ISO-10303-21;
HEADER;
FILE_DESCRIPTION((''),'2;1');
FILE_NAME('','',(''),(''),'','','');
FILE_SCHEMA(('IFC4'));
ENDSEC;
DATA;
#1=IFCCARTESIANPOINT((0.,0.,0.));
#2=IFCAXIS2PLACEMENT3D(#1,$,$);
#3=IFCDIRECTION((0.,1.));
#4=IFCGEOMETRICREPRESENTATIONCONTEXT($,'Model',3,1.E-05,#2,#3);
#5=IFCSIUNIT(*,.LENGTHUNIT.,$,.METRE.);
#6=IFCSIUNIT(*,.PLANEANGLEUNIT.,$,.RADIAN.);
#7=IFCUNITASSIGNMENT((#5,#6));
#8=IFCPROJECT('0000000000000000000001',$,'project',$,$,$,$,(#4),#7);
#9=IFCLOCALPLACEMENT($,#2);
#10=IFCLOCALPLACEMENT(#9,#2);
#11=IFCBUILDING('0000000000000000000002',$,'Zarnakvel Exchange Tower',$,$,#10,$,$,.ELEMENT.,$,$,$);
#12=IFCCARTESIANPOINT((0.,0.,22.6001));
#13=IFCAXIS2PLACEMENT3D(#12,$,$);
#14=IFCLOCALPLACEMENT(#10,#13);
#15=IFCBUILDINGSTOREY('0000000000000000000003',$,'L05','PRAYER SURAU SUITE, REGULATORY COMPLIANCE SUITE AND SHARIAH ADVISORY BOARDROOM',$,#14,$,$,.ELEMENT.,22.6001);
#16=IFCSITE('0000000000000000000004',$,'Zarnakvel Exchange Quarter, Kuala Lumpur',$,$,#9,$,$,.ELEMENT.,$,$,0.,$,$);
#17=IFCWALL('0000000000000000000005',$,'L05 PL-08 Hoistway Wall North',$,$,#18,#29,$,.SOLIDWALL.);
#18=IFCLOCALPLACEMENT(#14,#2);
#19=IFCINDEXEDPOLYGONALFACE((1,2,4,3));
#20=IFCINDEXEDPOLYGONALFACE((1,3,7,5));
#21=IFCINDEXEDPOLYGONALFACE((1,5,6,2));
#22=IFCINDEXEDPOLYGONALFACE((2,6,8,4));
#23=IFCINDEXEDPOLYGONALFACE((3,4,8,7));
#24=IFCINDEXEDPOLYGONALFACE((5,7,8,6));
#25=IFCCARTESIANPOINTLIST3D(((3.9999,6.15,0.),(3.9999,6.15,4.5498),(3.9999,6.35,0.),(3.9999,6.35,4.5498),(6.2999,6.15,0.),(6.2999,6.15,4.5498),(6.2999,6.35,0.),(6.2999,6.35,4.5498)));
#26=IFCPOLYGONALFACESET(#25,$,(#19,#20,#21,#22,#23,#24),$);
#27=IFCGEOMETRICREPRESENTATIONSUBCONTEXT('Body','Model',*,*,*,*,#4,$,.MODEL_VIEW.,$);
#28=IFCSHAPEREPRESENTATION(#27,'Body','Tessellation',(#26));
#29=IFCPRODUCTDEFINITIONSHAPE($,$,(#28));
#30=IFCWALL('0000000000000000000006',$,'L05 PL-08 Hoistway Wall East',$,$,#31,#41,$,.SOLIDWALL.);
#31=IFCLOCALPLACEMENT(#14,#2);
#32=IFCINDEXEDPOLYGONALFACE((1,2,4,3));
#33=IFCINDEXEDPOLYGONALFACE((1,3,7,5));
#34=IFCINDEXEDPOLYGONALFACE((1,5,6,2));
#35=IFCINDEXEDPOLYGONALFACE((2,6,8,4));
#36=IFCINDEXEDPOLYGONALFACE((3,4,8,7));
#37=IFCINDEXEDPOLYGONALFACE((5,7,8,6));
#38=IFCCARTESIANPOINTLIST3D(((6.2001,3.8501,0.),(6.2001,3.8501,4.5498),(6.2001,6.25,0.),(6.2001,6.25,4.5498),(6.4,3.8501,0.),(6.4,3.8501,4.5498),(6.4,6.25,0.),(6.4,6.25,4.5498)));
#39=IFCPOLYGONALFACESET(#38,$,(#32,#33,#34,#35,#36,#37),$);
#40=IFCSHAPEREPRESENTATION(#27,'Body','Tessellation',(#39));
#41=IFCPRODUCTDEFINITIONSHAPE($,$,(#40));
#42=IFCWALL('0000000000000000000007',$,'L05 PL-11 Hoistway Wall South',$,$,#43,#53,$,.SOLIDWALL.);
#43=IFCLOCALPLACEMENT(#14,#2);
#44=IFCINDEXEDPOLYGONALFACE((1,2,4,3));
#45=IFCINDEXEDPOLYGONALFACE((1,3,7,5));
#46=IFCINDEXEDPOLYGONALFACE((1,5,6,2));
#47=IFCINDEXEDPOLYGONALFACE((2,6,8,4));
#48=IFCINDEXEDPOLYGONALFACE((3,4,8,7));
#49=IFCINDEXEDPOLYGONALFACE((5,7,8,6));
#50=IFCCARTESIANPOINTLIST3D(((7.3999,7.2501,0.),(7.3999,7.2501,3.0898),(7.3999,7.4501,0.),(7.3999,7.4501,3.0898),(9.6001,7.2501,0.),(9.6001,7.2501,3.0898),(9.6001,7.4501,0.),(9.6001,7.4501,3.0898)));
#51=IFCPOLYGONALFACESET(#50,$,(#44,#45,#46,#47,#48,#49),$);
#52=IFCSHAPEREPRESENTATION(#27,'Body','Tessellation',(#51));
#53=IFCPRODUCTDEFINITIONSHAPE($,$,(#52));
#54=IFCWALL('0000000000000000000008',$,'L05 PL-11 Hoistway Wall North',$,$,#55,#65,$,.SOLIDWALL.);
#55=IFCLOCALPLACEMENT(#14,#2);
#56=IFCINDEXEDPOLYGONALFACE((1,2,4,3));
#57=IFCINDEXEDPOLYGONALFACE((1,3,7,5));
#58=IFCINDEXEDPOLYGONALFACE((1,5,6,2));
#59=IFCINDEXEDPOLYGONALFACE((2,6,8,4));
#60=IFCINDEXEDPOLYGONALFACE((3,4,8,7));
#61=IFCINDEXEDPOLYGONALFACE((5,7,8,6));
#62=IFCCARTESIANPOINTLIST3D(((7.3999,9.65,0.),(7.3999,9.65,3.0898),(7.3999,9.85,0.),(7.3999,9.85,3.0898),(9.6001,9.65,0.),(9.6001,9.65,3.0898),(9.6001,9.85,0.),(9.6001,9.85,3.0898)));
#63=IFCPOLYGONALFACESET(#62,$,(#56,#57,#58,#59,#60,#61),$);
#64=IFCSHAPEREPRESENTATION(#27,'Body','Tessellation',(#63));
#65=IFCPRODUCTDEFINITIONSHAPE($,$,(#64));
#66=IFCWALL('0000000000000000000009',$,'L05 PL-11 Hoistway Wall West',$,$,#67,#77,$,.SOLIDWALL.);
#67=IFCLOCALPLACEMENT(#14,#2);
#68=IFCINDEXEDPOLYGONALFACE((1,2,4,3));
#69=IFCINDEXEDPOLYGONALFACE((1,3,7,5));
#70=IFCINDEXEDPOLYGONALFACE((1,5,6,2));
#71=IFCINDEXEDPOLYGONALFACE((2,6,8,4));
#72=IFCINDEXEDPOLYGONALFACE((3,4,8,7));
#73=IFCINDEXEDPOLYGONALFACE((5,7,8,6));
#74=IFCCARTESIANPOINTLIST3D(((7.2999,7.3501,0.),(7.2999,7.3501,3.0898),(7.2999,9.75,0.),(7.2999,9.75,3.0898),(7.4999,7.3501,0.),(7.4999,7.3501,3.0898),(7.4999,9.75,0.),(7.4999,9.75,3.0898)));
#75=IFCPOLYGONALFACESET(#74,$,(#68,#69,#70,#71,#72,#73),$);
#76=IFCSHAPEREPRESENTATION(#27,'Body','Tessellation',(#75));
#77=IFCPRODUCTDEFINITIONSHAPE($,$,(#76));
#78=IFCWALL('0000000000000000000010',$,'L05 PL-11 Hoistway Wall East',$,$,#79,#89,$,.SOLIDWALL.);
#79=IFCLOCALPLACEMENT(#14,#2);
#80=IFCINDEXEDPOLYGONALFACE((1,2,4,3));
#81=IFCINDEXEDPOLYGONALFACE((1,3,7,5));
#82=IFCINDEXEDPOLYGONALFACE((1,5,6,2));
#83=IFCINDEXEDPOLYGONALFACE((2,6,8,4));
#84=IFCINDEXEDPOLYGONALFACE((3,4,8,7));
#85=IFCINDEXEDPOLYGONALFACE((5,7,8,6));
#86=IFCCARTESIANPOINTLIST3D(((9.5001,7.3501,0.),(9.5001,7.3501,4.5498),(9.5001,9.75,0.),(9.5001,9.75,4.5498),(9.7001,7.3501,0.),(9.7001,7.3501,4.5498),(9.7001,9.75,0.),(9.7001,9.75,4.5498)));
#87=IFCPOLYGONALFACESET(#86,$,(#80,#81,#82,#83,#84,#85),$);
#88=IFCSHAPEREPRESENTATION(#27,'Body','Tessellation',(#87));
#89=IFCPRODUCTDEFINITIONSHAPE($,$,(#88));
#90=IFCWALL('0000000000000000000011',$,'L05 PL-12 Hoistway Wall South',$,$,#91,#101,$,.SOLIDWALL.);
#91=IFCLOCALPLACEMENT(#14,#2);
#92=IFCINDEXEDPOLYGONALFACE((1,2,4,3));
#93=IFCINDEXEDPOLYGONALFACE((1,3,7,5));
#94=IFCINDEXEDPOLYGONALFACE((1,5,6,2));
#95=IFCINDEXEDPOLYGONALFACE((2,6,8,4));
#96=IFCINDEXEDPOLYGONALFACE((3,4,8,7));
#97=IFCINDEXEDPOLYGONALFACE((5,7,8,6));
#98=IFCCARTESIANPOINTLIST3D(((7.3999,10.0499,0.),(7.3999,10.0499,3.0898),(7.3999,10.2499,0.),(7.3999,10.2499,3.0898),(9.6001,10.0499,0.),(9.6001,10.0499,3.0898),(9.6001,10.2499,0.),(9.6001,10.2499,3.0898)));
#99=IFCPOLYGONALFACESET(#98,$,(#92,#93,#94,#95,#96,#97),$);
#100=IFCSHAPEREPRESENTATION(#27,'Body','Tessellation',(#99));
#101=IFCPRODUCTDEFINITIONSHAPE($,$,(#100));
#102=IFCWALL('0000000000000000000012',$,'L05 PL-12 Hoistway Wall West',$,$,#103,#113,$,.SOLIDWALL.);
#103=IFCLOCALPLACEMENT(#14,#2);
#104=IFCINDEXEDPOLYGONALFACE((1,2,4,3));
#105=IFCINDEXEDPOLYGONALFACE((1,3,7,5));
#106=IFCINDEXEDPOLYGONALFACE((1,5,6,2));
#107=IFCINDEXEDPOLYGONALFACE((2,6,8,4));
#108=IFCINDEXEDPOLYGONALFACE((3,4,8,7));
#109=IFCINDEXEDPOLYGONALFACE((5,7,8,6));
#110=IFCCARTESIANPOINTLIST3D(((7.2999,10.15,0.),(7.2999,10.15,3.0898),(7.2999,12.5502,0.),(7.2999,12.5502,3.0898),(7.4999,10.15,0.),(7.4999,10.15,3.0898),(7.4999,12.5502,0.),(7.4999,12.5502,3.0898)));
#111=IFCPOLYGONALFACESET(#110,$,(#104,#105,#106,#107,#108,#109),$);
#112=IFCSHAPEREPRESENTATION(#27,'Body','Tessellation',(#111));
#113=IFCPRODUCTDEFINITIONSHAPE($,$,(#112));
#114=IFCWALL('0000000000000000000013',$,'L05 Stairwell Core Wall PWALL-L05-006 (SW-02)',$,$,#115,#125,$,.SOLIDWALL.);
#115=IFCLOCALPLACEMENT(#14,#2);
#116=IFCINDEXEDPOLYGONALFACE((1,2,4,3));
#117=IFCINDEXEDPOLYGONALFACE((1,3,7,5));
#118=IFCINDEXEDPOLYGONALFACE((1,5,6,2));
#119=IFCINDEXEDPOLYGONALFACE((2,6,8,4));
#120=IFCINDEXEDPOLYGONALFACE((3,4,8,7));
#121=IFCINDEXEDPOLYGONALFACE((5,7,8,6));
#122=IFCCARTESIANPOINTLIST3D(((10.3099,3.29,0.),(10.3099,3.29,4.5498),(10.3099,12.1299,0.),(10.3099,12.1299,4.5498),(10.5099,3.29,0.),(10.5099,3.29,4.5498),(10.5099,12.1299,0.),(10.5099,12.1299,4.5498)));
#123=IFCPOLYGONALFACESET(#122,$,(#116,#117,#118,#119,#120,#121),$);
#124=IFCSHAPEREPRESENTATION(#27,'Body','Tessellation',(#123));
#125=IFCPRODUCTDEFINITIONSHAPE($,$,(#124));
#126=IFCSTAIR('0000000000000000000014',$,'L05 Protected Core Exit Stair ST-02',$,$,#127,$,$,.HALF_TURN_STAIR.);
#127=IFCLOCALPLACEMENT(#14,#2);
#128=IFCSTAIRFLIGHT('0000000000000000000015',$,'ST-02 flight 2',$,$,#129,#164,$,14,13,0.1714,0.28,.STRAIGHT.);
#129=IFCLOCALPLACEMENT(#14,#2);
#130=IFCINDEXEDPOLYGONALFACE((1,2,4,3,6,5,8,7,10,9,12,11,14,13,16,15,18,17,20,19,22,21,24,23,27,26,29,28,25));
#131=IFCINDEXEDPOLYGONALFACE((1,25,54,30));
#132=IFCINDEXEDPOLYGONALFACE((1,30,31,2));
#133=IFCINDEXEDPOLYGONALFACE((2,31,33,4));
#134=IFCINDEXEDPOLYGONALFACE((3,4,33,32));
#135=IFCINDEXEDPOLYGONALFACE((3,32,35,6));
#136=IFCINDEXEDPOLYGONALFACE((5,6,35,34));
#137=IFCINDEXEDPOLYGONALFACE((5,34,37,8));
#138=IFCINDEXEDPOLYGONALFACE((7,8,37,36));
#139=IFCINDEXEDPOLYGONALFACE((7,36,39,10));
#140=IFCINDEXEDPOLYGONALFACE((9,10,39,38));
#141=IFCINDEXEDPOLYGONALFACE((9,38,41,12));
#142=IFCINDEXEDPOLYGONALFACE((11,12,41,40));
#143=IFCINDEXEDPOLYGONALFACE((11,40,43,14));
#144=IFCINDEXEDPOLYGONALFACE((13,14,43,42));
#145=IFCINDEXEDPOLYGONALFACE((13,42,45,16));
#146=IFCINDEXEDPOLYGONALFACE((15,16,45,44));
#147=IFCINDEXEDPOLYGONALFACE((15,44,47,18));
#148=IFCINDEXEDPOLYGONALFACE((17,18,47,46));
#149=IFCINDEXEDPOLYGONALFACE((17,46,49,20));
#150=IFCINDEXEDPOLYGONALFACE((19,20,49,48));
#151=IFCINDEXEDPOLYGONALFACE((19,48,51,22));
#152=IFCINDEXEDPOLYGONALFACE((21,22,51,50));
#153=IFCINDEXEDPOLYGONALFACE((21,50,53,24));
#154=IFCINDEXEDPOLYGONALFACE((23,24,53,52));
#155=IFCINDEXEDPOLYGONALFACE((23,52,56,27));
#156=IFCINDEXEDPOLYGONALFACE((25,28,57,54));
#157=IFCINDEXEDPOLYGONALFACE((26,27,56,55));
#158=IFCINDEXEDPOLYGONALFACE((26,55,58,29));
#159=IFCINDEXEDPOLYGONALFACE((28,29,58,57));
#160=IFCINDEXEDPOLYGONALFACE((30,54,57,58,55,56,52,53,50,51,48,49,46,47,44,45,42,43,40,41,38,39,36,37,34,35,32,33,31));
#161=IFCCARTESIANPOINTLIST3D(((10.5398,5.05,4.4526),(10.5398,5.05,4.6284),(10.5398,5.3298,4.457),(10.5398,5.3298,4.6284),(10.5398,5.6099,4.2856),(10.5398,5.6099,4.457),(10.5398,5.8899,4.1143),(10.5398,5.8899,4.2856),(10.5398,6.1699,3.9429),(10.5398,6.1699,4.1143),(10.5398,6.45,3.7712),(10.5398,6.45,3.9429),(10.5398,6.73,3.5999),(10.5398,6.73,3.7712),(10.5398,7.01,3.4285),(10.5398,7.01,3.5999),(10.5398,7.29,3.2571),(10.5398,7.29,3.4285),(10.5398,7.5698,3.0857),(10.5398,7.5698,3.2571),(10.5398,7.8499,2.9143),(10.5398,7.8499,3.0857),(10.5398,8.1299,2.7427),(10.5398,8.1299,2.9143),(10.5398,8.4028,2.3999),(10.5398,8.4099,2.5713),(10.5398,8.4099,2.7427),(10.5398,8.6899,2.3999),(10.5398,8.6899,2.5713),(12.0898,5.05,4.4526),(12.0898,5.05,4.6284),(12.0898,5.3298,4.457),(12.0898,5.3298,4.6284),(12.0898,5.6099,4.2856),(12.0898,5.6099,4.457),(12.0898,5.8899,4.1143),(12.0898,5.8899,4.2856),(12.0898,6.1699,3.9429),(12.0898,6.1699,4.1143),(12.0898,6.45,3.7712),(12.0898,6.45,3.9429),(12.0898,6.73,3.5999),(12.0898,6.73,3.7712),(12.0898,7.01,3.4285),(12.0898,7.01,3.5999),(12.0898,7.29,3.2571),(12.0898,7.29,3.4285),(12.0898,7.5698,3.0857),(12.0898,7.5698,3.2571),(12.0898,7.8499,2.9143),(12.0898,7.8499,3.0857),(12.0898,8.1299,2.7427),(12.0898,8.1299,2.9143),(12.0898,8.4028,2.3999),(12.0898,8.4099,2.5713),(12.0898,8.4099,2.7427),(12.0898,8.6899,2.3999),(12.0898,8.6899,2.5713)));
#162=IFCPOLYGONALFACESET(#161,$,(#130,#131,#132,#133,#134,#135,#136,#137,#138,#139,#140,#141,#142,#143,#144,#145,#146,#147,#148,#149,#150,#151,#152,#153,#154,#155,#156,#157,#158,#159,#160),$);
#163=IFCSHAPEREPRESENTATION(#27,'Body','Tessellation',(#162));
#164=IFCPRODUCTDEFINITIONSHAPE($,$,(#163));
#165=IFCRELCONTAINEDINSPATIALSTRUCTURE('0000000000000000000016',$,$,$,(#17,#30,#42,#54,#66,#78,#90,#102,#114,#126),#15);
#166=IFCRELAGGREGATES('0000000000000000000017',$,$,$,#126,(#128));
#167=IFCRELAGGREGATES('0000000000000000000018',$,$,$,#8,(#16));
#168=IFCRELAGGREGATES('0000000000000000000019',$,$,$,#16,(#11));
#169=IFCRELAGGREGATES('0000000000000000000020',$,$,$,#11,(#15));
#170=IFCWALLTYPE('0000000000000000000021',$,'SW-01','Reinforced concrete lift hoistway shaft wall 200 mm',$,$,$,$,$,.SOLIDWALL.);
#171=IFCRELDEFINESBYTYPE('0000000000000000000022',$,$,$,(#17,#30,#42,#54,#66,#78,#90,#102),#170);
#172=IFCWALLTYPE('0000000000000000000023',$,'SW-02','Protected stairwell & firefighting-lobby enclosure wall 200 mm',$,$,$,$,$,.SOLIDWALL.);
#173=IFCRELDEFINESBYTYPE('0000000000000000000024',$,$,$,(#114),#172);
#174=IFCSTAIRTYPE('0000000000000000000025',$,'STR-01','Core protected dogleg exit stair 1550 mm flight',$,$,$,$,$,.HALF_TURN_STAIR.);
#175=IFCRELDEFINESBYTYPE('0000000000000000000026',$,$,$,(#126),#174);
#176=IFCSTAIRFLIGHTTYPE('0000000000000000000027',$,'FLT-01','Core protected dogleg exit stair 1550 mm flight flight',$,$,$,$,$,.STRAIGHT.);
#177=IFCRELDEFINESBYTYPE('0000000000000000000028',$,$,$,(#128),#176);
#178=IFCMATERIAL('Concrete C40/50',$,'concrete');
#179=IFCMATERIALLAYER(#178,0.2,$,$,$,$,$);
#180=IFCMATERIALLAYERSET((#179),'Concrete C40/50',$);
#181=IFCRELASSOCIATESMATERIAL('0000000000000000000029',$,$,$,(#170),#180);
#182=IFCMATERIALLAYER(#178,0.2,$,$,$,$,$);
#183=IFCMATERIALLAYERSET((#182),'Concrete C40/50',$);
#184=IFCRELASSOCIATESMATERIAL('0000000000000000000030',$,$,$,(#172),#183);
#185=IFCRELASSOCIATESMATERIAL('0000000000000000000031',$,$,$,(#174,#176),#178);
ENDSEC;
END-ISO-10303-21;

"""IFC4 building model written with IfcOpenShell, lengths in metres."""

from ifc_helpers import new_model, si_unit, direction, frame, frame_2d, origin, place, context, subcontext, project, spatial, polyline, rectangle, outline, extrude, material, layer, layer_set, type_object, element, aggregate, save


model = new_model("IFC4")

# Units and contexts
model_context = context("Model", 3, precision=1e-05, world=origin(), true_north=direction((0.0, 1.0)))
body_context = subcontext(model_context, "Body", "Model", "MODEL_VIEW")
ifc_project = project(units=[si_unit("LENGTHUNIT", "METRE"), si_unit("PLANEANGLEUNIT", "RADIAN")], contexts=[model_context])

# Site, building, storey
site_placement = place(None, origin())
site = spatial("IfcSite", under=ifc_project, at=site_placement, Name="Zarnakvel Exchange Quarter, Kuala Lumpur", CompositionType="ELEMENT", RefElevation=0.0)
building_placement = place(site_placement, origin())
building = spatial("IfcBuilding", under=site, at=building_placement, Name="Zarnakvel Exchange Tower", CompositionType="ELEMENT")
storey_placement = place(building_placement, frame((0.0, 0.0, 22.6001)))
storey = spatial("IfcBuildingStorey", under=building, at=storey_placement, Name="L05", Description="PRAYER SURAU SUITE, REGULATORY COMPLIANCE SUITE AND SHARIAH ADVISORY BOARDROOM", CompositionType="ELEMENT", Elevation=22.6001)

# Shared definitions
ifc_material_1 = material(Name="Concrete C40/50", Category="concrete")
ifc_layer_1 = layer(ifc_material_1, 0.2)
ifc_layer_set_1 = layer_set([ifc_layer_1], Name="Concrete C40/50")
wall_type_1 = type_object("IfcWallType", Name="SW-01", Description="Reinforced concrete lift hoistway shaft wall 200 mm", PredefinedType="SOLIDWALL", material=ifc_layer_set_1)

# Walls
for number, where, z_axis, x_axis, name in (
    (1, (4.0, 6.25, 0.0), (0.0, 0.0, 1.0), (1.0, 0.0, 0.0), "L05 PL-08 Hoistway Wall North"),
):
    element("IfcWall", number, at=place(storey_placement, frame(where, z_axis=z_axis, x_axis=x_axis)), inside=storey, type_object=wall_type_1, Name=name, PredefinedType="SOLIDWALL", context=body_context, shape_type="SweptSolid", body=[
        extrude(rectangle(XDim=2.3, YDim=0.2, at=frame_2d((1.1499, 0.0))), origin(), (0.0, 0.0, 1.0), 4.5498),
    ])
wall_1_placement = place(storey_placement, frame((6.3, 6.25, 0.0), z_axis=(0.0, 0.0, 1.0), x_axis=(0.0, -1.0, 0.0)))
element("IfcWall", 2, at=wall_1_placement, inside=storey, type_object=wall_type_1, Name="L05 PL-08 Hoistway Wall East", PredefinedType="SOLIDWALL", context=body_context, shape_type="SweptSolid", body=[
    extrude(rectangle(XDim=2.3999, YDim=0.2, at=frame_2d((1.2, 0.0))), origin(), (0.0, 0.0, 1.0), 4.5498),
])
for number, where, z_axis, x_axis, name in (
    (3, (9.6001, 7.3501, 0.0), (0.0, 0.0, 1.0), (-1.0, 0.0, 0.0), "L05 PL-11 Hoistway Wall South"),
    (4, (7.3999, 9.75, 0.0), (0.0, 0.0, 1.0), (1.0, 0.0, 0.0), "L05 PL-11 Hoistway Wall North"),
):
    element("IfcWall", number, at=place(storey_placement, frame(where, z_axis=z_axis, x_axis=x_axis)), inside=storey, type_object=wall_type_1, Name=name, PredefinedType="SOLIDWALL", context=body_context, shape_type="SweptSolid", body=[
        extrude(rectangle(XDim=2.2002, YDim=0.2, at=frame_2d((1.1001, 0.0))), origin(), (0.0, 0.0, 1.0), 3.0898),
    ])
wall_2_placement = place(storey_placement, frame((7.3999, 7.3501, 0.0), z_axis=(0.0, 0.0, 1.0), x_axis=(0.0, 1.0, 0.0)))
element("IfcWall", 5, at=wall_2_placement, inside=storey, type_object=wall_type_1, Name="L05 PL-11 Hoistway Wall West", PredefinedType="SOLIDWALL", context=body_context, shape_type="SweptSolid", body=[
    extrude(rectangle(XDim=2.3999, YDim=0.2, at=frame_2d((1.2, 0.0))), origin(), (0.0, 0.0, 1.0), 3.0898),
])
wall_3_placement = place(storey_placement, frame((9.6001, 9.75, 0.0), z_axis=(0.0, 0.0, 1.0), x_axis=(0.0, -1.0, 0.0)))
element("IfcWall", 6, at=wall_3_placement, inside=storey, type_object=wall_type_1, Name="L05 PL-11 Hoistway Wall East", PredefinedType="SOLIDWALL", context=body_context, shape_type="SweptSolid", body=[
    extrude(rectangle(XDim=2.3999, YDim=0.2, at=frame_2d((1.2, 0.0))), origin(), (0.0, 0.0, 1.0), 4.5498),
])
wall_4_placement = place(storey_placement, frame((9.6001, 10.1499, 0.0), z_axis=(0.0, 0.0, 1.0), x_axis=(-1.0, 0.0, 0.0)))
element("IfcWall", 7, at=wall_4_placement, inside=storey, type_object=wall_type_1, Name="L05 PL-12 Hoistway Wall South", PredefinedType="SOLIDWALL", context=body_context, shape_type="SweptSolid", body=[
    extrude(rectangle(XDim=2.2002, YDim=0.2, at=frame_2d((1.1001, 0.0))), origin(), (0.0, 0.0, 1.0), 3.0898),
])
wall_5_placement = place(storey_placement, frame((7.3999, 10.1499, 0.0), z_axis=(0.0, 0.0, 1.0), x_axis=(0.0, 1.0, 0.0)))
element("IfcWall", 8, at=wall_5_placement, inside=storey, type_object=wall_type_1, Name="L05 PL-12 Hoistway Wall West", PredefinedType="SOLIDWALL", context=body_context, shape_type="SweptSolid", body=[
    extrude(rectangle(XDim=2.4001, YDim=0.2, at=frame_2d((1.2002, 0.0))), origin(), (0.0, 0.0, 1.0), 3.0898),
])
ifc_layer_2 = layer(ifc_material_1, 0.2)
ifc_layer_set_2 = layer_set([ifc_layer_2], Name="Concrete C40/50")
wall_type_2 = type_object("IfcWallType", Name="SW-02", Description="Protected stairwell & firefighting-lobby enclosure wall 200 mm", PredefinedType="SOLIDWALL", material=ifc_layer_set_2)
wall_6_placement = place(storey_placement, frame((10.4099, 3.29, 0.0), z_axis=(0.0, 0.0, 1.0), x_axis=(0.0, 1.0, 0.0)))
element("IfcWall", 9, at=wall_6_placement, inside=storey, type_object=wall_type_2, Name="L05 Stairwell Core Wall PWALL-L05-006 (SW-02)", PredefinedType="SOLIDWALL", context=body_context, shape_type="SweptSolid", body=[
    extrude(rectangle(XDim=8.8398, YDim=0.2, at=frame_2d((4.4199, 0.0))), origin(), (0.0, 0.0, 1.0), 4.5498),
])

# Stair, stair flight
stair_type = type_object("IfcStairType", Name="STR-01", Description="Core protected dogleg exit stair 1550 mm flight", PredefinedType="HALF_TURN_STAIR", material=ifc_material_1)
stair_placement = place(storey_placement, origin())
stair = element("IfcStair", 10, at=stair_placement, inside=storey, type_object=stair_type, Name="L05 Protected Core Exit Stair ST-02", PredefinedType="HALF_TURN_STAIR")
stair_flight_type = type_object("IfcStairFlightType", Name="FLT-01", Description="Core protected dogleg exit stair 1550 mm flight flight", PredefinedType="STRAIGHT", material=ifc_material_1)
stair_flight_placement = place(storey_placement, frame((11.3149, 8.6899, 2.3999), z_axis=(0.0, 0.0, 1.0), x_axis=(0.0, -1.0, 0.0)))
stair_flight = element("IfcStairFlight", 11, at=stair_flight_placement, type_object=stair_flight_type, Name="ST-02 flight 2", NumberOfRisers=14, NumberOfTreads=13, PredefinedType="STRAIGHT", RiserHeight=0.1714, TreadLength=0.28, context=body_context, shape_type="SweptSolid", body=[
    extrude(outline(polyline([(0.0, 0.0), (0.0, 0.1714), (0.28, 0.1714), (0.28, 0.3428), (0.5601, 0.3428), (0.5601, 0.5144), (0.8401, 0.5144), (0.8401, 0.6858), (1.1201, 0.6858), (1.1201, 0.8572), (1.3999, 0.8572), (1.3999, 1.0286), (1.6799, 1.0286), (1.6799, 1.2), (1.96, 1.2), (1.96, 1.3713), (2.24, 1.3713), (2.24, 1.543), (2.52, 1.543), (2.52, 1.7144), (2.8, 1.7144), (2.8, 1.8857), (3.0801, 1.8857), (3.0801, 2.0571), (3.3601, 2.0571), (3.3601, 2.2285), (3.6399, 2.2285), (3.6399, 2.3999), (3.6399, 2.0527), (0.2871, 0.0), (0.0, 0.0)])), frame((0.0, 0.7749, 0.0), z_axis=(0.0, -1.0, 0.0), x_axis=(1.0, 0.0, 0.0)), (0.0, 0.0, 1.0), 1.55),
])
aggregate(stair, [stair_flight])

save(model, "model.ifc")
